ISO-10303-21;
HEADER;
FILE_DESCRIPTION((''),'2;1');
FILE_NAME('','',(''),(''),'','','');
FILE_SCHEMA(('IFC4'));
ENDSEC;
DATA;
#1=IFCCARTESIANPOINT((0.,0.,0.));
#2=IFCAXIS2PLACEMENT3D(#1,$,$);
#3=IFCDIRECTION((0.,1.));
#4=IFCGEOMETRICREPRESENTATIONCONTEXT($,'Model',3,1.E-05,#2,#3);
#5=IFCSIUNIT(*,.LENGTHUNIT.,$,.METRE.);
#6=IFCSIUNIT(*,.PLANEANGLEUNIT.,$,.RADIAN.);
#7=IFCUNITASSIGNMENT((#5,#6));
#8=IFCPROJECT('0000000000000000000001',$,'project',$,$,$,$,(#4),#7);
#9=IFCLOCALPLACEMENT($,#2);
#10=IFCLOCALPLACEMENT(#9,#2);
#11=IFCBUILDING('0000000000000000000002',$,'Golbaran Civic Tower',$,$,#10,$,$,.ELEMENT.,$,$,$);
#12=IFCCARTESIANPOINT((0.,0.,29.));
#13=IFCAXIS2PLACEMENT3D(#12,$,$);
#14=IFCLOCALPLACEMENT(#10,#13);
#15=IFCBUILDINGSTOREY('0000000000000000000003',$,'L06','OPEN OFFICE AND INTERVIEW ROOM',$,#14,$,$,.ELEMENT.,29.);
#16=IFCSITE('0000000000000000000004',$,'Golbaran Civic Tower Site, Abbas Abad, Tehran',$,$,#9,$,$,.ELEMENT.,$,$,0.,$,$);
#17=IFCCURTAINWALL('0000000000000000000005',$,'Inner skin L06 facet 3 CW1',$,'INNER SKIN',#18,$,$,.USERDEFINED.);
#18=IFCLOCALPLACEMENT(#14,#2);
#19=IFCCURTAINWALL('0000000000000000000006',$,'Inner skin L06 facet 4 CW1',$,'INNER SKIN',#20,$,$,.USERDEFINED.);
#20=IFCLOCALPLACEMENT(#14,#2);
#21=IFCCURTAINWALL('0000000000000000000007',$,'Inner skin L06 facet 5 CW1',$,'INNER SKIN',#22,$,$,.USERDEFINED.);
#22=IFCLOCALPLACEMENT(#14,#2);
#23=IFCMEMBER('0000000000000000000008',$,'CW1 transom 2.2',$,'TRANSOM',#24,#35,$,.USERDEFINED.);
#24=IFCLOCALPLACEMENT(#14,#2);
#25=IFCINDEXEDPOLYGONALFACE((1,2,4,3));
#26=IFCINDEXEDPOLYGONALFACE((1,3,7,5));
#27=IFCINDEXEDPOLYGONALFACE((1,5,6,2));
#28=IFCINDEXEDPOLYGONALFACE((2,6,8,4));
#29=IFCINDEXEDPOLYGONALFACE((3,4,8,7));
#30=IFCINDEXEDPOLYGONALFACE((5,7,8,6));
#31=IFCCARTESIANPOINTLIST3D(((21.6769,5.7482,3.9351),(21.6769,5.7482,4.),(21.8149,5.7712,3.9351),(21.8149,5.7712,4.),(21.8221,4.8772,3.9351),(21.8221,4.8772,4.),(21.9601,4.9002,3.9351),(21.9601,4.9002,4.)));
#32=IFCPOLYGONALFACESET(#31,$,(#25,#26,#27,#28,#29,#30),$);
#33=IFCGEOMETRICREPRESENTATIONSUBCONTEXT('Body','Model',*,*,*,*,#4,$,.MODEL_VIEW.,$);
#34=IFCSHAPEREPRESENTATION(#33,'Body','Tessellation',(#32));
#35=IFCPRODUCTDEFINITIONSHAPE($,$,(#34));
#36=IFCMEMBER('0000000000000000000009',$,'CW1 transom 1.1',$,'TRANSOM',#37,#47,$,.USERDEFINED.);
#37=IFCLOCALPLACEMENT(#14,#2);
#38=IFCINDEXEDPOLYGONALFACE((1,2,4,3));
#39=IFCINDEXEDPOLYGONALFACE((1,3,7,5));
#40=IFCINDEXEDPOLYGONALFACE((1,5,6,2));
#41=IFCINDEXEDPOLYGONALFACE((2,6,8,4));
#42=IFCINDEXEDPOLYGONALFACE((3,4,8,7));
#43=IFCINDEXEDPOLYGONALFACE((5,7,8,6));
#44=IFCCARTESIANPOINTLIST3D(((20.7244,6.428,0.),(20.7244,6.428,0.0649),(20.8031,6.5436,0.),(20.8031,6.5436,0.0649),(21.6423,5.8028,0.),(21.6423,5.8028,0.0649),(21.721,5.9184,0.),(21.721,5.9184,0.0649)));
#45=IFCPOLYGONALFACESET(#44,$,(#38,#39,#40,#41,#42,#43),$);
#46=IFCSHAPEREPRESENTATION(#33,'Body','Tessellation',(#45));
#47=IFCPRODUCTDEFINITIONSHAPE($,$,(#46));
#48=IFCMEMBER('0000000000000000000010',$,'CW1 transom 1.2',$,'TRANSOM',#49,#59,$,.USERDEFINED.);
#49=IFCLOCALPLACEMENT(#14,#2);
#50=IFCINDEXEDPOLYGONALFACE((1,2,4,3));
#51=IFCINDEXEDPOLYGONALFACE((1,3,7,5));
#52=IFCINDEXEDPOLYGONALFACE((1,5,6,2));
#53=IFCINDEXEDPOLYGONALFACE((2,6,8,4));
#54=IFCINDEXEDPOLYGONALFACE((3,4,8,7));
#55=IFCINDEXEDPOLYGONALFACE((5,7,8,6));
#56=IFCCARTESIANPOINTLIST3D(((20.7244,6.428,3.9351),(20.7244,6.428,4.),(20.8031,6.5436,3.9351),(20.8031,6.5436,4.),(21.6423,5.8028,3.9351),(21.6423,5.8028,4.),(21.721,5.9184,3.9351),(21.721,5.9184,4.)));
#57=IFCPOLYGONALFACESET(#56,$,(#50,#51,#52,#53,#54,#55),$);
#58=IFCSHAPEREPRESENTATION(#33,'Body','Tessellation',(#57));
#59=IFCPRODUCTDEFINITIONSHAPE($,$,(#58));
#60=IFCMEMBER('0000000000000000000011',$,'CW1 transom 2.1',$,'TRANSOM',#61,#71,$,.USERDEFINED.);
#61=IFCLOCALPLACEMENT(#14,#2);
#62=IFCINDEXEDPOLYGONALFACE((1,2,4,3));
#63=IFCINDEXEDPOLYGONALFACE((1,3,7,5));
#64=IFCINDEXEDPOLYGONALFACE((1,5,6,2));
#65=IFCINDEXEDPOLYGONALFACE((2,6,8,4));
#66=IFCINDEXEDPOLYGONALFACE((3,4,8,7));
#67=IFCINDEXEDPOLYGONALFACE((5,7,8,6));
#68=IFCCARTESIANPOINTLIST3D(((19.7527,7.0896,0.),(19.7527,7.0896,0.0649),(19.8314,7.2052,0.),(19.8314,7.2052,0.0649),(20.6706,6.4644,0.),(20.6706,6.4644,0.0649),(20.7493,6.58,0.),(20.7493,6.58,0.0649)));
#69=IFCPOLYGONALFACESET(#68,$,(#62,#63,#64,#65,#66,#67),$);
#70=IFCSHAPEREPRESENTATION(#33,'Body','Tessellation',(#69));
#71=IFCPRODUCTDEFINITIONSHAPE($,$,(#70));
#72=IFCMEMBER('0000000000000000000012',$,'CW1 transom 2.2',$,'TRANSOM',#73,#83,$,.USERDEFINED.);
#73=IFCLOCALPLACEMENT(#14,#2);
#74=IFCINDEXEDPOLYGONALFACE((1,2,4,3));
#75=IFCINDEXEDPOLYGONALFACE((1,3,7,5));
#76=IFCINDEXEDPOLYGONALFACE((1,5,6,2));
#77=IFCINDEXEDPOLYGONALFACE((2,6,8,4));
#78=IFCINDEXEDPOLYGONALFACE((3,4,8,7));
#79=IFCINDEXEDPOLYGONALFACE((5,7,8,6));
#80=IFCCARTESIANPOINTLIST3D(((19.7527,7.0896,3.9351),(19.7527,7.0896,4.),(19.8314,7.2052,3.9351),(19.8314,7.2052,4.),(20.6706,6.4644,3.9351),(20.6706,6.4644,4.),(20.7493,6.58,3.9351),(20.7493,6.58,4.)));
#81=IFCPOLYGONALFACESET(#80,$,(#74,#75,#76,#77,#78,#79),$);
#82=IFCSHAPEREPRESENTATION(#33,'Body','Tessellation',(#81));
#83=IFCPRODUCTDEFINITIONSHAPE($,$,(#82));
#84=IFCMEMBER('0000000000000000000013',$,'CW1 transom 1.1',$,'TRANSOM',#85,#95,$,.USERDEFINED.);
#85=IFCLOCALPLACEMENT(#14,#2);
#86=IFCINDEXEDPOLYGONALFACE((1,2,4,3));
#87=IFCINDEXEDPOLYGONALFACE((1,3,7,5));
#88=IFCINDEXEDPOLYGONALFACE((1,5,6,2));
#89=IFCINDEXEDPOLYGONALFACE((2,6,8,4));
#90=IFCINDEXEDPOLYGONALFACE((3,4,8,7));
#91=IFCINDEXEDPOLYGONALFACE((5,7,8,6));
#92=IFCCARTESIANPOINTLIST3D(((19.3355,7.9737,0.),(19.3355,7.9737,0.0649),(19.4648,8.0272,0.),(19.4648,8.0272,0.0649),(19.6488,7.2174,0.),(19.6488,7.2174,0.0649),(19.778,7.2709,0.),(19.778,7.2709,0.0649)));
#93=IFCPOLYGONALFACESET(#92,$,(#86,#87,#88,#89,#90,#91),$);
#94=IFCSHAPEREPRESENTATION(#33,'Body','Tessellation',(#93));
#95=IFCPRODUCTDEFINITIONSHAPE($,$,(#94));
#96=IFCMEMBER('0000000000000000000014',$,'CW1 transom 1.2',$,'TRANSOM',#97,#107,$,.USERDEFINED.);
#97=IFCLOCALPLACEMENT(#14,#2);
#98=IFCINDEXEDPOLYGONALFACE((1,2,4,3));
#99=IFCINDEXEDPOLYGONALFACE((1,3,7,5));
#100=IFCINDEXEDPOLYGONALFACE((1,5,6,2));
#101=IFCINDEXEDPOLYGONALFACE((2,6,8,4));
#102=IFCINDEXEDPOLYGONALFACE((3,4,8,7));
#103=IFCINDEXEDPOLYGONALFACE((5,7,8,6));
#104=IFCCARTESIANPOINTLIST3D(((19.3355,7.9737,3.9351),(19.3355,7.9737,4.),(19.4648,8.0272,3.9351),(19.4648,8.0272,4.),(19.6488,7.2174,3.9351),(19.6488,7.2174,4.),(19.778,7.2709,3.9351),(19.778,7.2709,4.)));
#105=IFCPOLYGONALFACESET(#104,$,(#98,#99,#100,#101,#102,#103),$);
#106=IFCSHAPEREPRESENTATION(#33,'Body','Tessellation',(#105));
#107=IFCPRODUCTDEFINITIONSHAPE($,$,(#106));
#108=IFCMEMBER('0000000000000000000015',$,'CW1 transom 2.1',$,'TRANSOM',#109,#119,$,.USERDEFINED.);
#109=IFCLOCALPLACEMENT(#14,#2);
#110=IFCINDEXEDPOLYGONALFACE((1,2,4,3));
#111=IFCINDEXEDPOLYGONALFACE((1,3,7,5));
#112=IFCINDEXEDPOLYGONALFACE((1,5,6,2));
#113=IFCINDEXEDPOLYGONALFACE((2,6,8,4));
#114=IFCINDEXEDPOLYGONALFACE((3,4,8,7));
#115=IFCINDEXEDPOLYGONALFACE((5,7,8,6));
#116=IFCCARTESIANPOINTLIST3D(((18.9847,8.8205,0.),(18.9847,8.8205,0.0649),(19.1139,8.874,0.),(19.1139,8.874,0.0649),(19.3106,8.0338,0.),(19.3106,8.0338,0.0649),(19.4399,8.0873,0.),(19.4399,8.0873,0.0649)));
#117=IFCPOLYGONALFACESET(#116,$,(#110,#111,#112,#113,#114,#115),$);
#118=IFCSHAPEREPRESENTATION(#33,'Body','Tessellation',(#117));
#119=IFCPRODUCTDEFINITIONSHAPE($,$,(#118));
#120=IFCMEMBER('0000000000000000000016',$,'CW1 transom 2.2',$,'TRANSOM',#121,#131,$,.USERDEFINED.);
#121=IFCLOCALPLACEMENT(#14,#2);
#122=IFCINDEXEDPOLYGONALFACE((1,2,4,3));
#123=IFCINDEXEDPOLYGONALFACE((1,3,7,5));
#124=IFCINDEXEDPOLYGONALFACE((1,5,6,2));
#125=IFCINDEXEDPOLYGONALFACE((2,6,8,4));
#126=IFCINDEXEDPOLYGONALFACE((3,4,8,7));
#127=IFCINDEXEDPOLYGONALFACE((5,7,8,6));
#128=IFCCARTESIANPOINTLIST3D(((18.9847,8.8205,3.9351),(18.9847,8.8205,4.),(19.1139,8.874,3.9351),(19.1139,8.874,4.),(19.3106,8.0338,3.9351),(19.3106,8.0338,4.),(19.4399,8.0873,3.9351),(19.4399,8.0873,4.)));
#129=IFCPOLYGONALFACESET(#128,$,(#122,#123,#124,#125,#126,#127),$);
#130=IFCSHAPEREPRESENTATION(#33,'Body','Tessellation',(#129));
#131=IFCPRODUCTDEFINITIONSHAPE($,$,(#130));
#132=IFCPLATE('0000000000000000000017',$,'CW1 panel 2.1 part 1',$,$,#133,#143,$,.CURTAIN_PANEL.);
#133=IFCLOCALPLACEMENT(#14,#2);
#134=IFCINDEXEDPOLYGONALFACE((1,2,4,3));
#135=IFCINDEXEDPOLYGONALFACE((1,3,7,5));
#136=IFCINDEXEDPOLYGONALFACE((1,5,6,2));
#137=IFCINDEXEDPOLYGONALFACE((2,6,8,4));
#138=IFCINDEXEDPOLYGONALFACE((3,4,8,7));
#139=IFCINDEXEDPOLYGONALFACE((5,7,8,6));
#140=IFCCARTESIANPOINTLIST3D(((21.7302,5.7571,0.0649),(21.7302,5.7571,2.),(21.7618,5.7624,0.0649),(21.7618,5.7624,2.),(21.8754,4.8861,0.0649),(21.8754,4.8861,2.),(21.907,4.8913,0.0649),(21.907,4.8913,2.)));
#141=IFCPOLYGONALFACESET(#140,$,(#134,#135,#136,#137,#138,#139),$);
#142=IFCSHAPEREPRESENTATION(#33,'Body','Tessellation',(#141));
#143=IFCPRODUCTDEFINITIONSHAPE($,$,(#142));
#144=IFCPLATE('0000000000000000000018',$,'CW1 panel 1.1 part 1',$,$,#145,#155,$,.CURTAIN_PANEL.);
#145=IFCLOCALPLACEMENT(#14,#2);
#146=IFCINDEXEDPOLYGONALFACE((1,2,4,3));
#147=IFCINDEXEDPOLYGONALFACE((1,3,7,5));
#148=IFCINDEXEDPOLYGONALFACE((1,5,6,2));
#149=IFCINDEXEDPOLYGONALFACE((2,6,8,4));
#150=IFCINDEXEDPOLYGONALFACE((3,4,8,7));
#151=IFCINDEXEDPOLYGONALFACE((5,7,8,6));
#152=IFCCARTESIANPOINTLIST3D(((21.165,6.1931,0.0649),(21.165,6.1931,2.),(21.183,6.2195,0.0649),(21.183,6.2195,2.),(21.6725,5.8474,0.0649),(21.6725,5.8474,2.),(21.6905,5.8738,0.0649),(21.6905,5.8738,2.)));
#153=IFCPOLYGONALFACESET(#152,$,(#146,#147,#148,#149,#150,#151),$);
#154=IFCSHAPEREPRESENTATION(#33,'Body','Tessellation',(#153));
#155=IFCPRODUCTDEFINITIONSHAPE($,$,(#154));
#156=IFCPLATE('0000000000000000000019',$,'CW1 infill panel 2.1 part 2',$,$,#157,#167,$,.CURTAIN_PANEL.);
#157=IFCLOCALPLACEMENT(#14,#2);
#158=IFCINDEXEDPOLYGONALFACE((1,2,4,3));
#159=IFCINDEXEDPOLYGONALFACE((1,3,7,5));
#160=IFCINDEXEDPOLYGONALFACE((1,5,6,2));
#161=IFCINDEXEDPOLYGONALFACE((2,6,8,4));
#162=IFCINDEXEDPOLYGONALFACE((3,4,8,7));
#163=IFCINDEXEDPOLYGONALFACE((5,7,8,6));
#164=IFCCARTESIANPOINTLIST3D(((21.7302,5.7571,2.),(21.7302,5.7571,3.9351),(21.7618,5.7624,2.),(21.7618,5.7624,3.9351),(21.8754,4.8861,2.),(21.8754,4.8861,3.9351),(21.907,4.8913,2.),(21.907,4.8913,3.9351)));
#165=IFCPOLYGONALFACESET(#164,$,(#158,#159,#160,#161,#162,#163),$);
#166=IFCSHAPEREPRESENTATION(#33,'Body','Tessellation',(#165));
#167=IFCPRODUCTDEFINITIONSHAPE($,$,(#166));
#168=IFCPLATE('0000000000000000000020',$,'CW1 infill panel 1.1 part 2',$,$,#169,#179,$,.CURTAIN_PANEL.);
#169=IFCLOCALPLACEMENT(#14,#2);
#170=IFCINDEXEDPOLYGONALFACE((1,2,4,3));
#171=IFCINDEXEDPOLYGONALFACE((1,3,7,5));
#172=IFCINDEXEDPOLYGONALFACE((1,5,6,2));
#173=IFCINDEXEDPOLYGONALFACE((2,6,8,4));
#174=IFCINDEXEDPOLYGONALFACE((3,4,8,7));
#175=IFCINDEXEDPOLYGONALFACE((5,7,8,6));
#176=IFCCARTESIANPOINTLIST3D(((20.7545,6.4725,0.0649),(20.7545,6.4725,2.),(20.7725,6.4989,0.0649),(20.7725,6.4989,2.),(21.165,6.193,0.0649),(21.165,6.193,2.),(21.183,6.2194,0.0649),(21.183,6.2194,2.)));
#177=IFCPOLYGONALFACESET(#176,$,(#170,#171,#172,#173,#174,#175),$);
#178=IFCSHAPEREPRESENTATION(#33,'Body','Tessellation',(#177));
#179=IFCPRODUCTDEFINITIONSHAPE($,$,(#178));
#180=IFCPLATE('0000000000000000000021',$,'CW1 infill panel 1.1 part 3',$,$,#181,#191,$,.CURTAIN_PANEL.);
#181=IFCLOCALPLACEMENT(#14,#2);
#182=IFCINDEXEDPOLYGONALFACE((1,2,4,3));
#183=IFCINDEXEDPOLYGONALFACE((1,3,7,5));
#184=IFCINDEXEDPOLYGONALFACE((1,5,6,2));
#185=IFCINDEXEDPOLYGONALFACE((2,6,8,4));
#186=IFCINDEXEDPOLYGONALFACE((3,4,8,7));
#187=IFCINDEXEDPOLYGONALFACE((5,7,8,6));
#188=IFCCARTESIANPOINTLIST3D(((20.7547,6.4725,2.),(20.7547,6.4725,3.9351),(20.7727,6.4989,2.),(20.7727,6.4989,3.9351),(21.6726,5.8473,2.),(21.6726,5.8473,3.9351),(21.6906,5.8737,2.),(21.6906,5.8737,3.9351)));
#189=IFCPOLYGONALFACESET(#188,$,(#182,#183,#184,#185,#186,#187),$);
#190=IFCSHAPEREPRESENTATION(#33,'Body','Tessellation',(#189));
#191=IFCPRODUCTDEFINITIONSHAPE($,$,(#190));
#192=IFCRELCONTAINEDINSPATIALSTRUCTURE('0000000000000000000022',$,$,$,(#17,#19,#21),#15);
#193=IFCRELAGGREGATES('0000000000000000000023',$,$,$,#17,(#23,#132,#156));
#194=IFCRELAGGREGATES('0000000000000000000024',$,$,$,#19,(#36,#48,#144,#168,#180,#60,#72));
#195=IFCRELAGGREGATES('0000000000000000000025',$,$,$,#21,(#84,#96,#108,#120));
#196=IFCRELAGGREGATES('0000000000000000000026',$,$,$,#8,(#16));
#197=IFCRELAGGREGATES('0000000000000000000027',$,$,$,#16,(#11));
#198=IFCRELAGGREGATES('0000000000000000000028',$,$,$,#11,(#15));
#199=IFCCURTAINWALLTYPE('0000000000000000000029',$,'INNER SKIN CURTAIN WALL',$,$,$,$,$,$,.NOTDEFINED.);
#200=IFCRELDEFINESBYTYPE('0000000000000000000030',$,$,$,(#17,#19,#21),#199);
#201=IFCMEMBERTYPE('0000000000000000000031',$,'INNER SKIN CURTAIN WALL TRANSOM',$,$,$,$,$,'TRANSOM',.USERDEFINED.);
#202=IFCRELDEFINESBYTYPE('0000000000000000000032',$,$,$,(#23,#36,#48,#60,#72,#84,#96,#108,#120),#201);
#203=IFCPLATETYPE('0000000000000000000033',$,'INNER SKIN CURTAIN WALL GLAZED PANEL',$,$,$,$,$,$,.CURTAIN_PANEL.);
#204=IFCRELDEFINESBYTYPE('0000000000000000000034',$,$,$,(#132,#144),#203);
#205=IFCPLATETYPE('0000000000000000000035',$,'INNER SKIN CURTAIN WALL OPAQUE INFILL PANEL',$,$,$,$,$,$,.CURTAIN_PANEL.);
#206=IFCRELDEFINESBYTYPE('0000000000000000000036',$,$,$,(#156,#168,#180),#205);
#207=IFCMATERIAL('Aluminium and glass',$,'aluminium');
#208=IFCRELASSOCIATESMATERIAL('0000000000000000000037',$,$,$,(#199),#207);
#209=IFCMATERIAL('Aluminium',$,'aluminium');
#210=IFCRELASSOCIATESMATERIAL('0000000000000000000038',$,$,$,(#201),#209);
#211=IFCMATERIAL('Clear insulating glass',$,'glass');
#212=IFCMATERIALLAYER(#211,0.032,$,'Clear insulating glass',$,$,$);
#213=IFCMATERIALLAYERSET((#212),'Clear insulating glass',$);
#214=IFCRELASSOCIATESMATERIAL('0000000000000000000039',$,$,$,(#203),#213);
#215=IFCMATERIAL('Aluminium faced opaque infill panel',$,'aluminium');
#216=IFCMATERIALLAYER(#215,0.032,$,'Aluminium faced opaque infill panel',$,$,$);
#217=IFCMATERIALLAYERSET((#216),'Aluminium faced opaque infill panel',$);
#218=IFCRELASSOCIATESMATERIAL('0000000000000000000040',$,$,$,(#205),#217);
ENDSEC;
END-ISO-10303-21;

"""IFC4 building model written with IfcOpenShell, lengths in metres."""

from ifc_helpers import new_model, si_unit, direction, frame, origin, origin_2d, place, context, subcontext, project, spatial, rectangle, extrude, material, layer, layer_set, material_profile, profile_set, type_object, element, aggregate, save


model = new_model("IFC4")

# Units and contexts
model_context = context("Model", 3, precision=1e-05, world=origin(), true_north=direction((0.0, 1.0)))
body_context = subcontext(model_context, "Body", "Model", "MODEL_VIEW")
ifc_project = project(units=[si_unit("LENGTHUNIT", "METRE"), si_unit("PLANEANGLEUNIT", "RADIAN")], contexts=[model_context])

# Site, building, storey
site_placement = place(None, origin())
site = spatial("IfcSite", under=ifc_project, at=site_placement, Name="Golbaran Civic Tower Site, Abbas Abad, Tehran", CompositionType="ELEMENT", RefElevation=0.0)
building_placement = place(site_placement, origin())
building = spatial("IfcBuilding", under=site, at=building_placement, Name="Golbaran Civic Tower", CompositionType="ELEMENT")
storey_placement = place(building_placement, frame((0.0, 0.0, 29.0)))
storey = spatial("IfcBuildingStorey", under=building, at=storey_placement, Name="L06", Description="OPEN OFFICE AND INTERVIEW ROOM", CompositionType="ELEMENT", Elevation=29.0)

# Curtain wall
ifc_material_1 = material(Name="Aluminium and glass", Category="aluminium")
curtain_wall_type = type_object("IfcCurtainWallType", Name="INNER SKIN CURTAIN WALL", PredefinedType="NOTDEFINED", material=ifc_material_1)
curtain_wall_1_placement = place(storey_placement, origin())
curtain_wall_1 = element("IfcCurtainWall", 1, at=curtain_wall_1_placement, inside=storey, type_object=curtain_wall_type, Name="Inner skin L06 facet 3 CW1", ObjectType="INNER SKIN", PredefinedType="USERDEFINED")
ifc_material_2 = material(Name="Aluminium", Category="aluminium")

# Curtain walls
curtain_wall_2_placement = place(storey_placement, origin())
curtain_wall_2 = element("IfcCurtainWall", 2, at=curtain_wall_2_placement, inside=storey, type_object=curtain_wall_type, Name="Inner skin L06 facet 4 CW1", ObjectType="INNER SKIN", PredefinedType="USERDEFINED")
curtain_wall_3_placement = place(storey_placement, origin())
curtain_wall_3 = element("IfcCurtainWall", 3, at=curtain_wall_3_placement, inside=storey, type_object=curtain_wall_type, Name="Inner skin L06 facet 5 CW1", ObjectType="INNER SKIN", PredefinedType="USERDEFINED")

# Members
ifc_material_profile_1 = material_profile(ifc_material_2, rectangle(XDim=0.1399, YDim=0.0649, at=origin_2d()), Name="INNER SKIN CURTAIN WALL TRANSOM")
ifc_profile_set_1 = profile_set([ifc_material_profile_1], Name="Aluminium")
member_type_1 = type_object("IfcMemberType", Name="INNER SKIN CURTAIN WALL TRANSOM", ElementType="TRANSOM", PredefinedType="USERDEFINED", material=ifc_profile_set_1)
member_1_placement = place(storey_placement, frame((21.8911, 4.8887, 3.9675), z_axis=(-0.164489, 0.986379, 0.0), x_axis=(-0.986379, -0.164489, 0.0)))
member_1 = element("IfcMember", 4, at=member_1_placement, type_object=member_type_1, Name="CW1 transom 2.2", ObjectType="TRANSOM", PredefinedType="USERDEFINED", context=body_context, shape_type="SweptSolid", body=[
    extrude(rectangle(XDim=0.1399, YDim=0.0649, at=origin_2d()), origin(), (0.0, 0.0, 1.0), 0.8831),
])
member_2_placement = place(storey_placement, frame((21.6816, 5.8606, 0.0325), z_axis=(-0.826497, 0.562941, 0.0), x_axis=(-0.562941, -0.826497, 0.0)))
member_2 = element("IfcMember", 5, at=member_2_placement, type_object=member_type_1, Name="CW1 transom 1.1", ObjectType="TRANSOM", PredefinedType="USERDEFINED", context=body_context, shape_type="SweptSolid", body=[
    extrude(rectangle(XDim=0.1399, YDim=0.0649, at=origin_2d()), origin(), (0.0, 0.0, 1.0), 1.1106),
])
member_3_placement = place(storey_placement, frame((21.6816, 5.8606, 3.9675), z_axis=(-0.826497, 0.562941, 0.0), x_axis=(-0.562941, -0.826497, 0.0)))
member_3 = element("IfcMember", 6, at=member_3_placement, type_object=member_type_1, Name="CW1 transom 1.2", ObjectType="TRANSOM", PredefinedType="USERDEFINED", context=body_context, shape_type="SweptSolid", body=[
    extrude(rectangle(XDim=0.1399, YDim=0.0649, at=origin_2d()), origin(), (0.0, 0.0, 1.0), 1.1106),
])
member_4_placement = place(storey_placement, frame((20.71, 6.5222, 0.0325), z_axis=(-0.826497, 0.562941, 0.0), x_axis=(-0.562941, -0.826497, 0.0)))
member_4 = element("IfcMember", 7, at=member_4_placement, type_object=member_type_1, Name="CW1 transom 2.1", ObjectType="TRANSOM", PredefinedType="USERDEFINED", context=body_context, shape_type="SweptSolid", body=[
    extrude(rectangle(XDim=0.1399, YDim=0.0649, at=origin_2d()), origin(), (0.0, 0.0, 1.0), 1.1106),
])
member_5_placement = place(storey_placement, frame((20.71, 6.5222, 3.9675), z_axis=(-0.826497, 0.562941, 0.0), x_axis=(-0.562941, -0.826497, 0.0)))
member_5 = element("IfcMember", 8, at=member_5_placement, type_object=member_type_1, Name="CW1 transom 2.2", ObjectType="TRANSOM", PredefinedType="USERDEFINED", context=body_context, shape_type="SweptSolid", body=[
    extrude(rectangle(XDim=0.1399, YDim=0.0649, at=origin_2d()), origin(), (0.0, 0.0, 1.0), 1.1106),
])
member_6_placement = place(storey_placement, frame((19.7134, 7.2441, 0.0325), z_axis=(-0.382624, 0.923904, 0.0), x_axis=(-0.923904, -0.382624, 0.0)))
member_6 = element("IfcMember", 9, at=member_6_placement, type_object=member_type_1, Name="CW1 transom 1.1", ObjectType="TRANSOM", PredefinedType="USERDEFINED", context=body_context, shape_type="SweptSolid", body=[
    extrude(rectangle(XDim=0.1399, YDim=0.0649, at=origin_2d()), origin(), (0.0, 0.0, 1.0), 0.8186),
])
member_7_placement = place(storey_placement, frame((19.7134, 7.2441, 3.9675), z_axis=(-0.382624, 0.923904, 0.0), x_axis=(-0.923904, -0.382624, 0.0)))
member_7 = element("IfcMember", 10, at=member_7_placement, type_object=member_type_1, Name="CW1 transom 1.2", ObjectType="TRANSOM", PredefinedType="USERDEFINED", context=body_context, shape_type="SweptSolid", body=[
    extrude(rectangle(XDim=0.1399, YDim=0.0649, at=origin_2d()), origin(), (0.0, 0.0, 1.0), 0.8186),
])
member_8_placement = place(storey_placement, frame((19.3752, 8.0605, 0.0325), z_axis=(-0.382782, 0.923839, 0.0), x_axis=(-0.923839, -0.382782, 0.0)))
member_8 = element("IfcMember", 11, at=member_8_placement, type_object=member_type_1, Name="CW1 transom 2.1", ObjectType="TRANSOM", PredefinedType="USERDEFINED", context=body_context, shape_type="SweptSolid", body=[
    extrude(rectangle(XDim=0.1399, YDim=0.0649, at=origin_2d()), origin(), (0.0, 0.0, 1.0), 0.8516),
])
member_9_placement = place(storey_placement, frame((19.3752, 8.0605, 3.9675), z_axis=(-0.382782, 0.923839, 0.0), x_axis=(-0.923839, -0.382782, 0.0)))
member_9 = element("IfcMember", 12, at=member_9_placement, type_object=member_type_1, Name="CW1 transom 2.2", ObjectType="TRANSOM", PredefinedType="USERDEFINED", context=body_context, shape_type="SweptSolid", body=[
    extrude(rectangle(XDim=0.1399, YDim=0.0649, at=origin_2d()), origin(), (0.0, 0.0, 1.0), 0.8516),
])

# Plates
ifc_material_3 = material(Name="Clear insulating glass", Category="glass")
ifc_layer_1 = layer(ifc_material_3, 0.032, Name="Clear insulating glass")
ifc_layer_set_1 = layer_set([ifc_layer_1], Name="Clear insulating glass")
plate_type_1 = type_object("IfcPlateType", Name="INNER SKIN CURTAIN WALL GLAZED PANEL", PredefinedType="CURTAIN_PANEL", material=ifc_layer_set_1)
plate_1_placement = place(storey_placement, frame((21.8186, 5.3242, 0.0649), z_axis=(0.0, 0.0, 1.0), x_axis=(-0.164415, 0.986391, 0.0)))
plate_1 = element("IfcPlate", 13, at=plate_1_placement, type_object=plate_type_1, Name="CW1 panel 2.1 part 1", PredefinedType="CURTAIN_PANEL", context=body_context, shape_type="SweptSolid", body=[
    extrude(rectangle(XDim=0.8831, YDim=0.032, at=origin_2d()), origin(), (0.0, 0.0, 1.0), 1.9351),
])
plate_2_placement = place(storey_placement, frame((21.4277, 6.0334, 0.0649), z_axis=(0.0, 0.0, 1.0), x_axis=(-0.8265, 0.562936, 0.0)))
plate_2 = element("IfcPlate", 14, at=plate_2_placement, type_object=plate_type_1, Name="CW1 panel 1.1 part 1", PredefinedType="CURTAIN_PANEL", context=body_context, shape_type="SweptSolid", body=[
    extrude(rectangle(XDim=0.614, YDim=0.032, at=origin_2d()), origin(), (0.0, 0.0, 1.0), 1.9351),
])
ifc_material_4 = material(Name="Aluminium faced opaque infill panel", Category="aluminium")
ifc_layer_2 = layer(ifc_material_4, 0.032, Name="Aluminium faced opaque infill panel")
ifc_layer_set_2 = layer_set([ifc_layer_2], Name="Aluminium faced opaque infill panel")
plate_type_2 = type_object("IfcPlateType", Name="INNER SKIN CURTAIN WALL OPAQUE INFILL PANEL", PredefinedType="CURTAIN_PANEL", material=ifc_layer_set_2)
plate_3_placement = place(storey_placement, frame((21.8186, 5.3242, 2.0), z_axis=(0.0, 0.0, 1.0), x_axis=(-0.164415, 0.986391, 0.0)))
plate_3 = element("IfcPlate", 15, at=plate_3_placement, type_object=plate_type_2, Name="CW1 infill panel 2.1 part 2", PredefinedType="CURTAIN_PANEL", context=body_context, shape_type="SweptSolid", body=[
    extrude(rectangle(XDim=0.8831, YDim=0.032, at=origin_2d()), origin(), (0.0, 0.0, 1.0), 1.9351),
])
aggregate(curtain_wall_1, [member_1, plate_1, plate_3])
plate_4_placement = place(storey_placement, frame((20.9688, 6.3459, 0.0649), z_axis=(0.0, 0.0, 1.0), x_axis=(-0.8265, 0.562936, 0.0)))
plate_4 = element("IfcPlate", 16, at=plate_4_placement, type_object=plate_type_2, Name="CW1 infill panel 1.1 part 2", PredefinedType="CURTAIN_PANEL", context=body_context, shape_type="SweptSolid", body=[
    extrude(rectangle(XDim=0.4966, YDim=0.032, at=origin_2d()), origin(), (0.0, 0.0, 1.0), 1.9351),
])
plate_5_placement = place(storey_placement, frame((21.2227, 6.1731, 2.0), z_axis=(0.0, 0.0, 1.0), x_axis=(-0.8265, 0.562936, 0.0)))
plate_5 = element("IfcPlate", 17, at=plate_5_placement, type_object=plate_type_2, Name="CW1 infill panel 1.1 part 3", PredefinedType="CURTAIN_PANEL", context=body_context, shape_type="SweptSolid", body=[
    extrude(rectangle(XDim=1.1106, YDim=0.032, at=origin_2d()), origin(), (0.0, 0.0, 1.0), 1.9351),
])
aggregate(curtain_wall_2, [member_2, member_3, plate_2, plate_4, plate_5, member_4, member_5])
aggregate(curtain_wall_3, [member_6, member_7, member_8, member_9])

save(model, "model.ifc")
